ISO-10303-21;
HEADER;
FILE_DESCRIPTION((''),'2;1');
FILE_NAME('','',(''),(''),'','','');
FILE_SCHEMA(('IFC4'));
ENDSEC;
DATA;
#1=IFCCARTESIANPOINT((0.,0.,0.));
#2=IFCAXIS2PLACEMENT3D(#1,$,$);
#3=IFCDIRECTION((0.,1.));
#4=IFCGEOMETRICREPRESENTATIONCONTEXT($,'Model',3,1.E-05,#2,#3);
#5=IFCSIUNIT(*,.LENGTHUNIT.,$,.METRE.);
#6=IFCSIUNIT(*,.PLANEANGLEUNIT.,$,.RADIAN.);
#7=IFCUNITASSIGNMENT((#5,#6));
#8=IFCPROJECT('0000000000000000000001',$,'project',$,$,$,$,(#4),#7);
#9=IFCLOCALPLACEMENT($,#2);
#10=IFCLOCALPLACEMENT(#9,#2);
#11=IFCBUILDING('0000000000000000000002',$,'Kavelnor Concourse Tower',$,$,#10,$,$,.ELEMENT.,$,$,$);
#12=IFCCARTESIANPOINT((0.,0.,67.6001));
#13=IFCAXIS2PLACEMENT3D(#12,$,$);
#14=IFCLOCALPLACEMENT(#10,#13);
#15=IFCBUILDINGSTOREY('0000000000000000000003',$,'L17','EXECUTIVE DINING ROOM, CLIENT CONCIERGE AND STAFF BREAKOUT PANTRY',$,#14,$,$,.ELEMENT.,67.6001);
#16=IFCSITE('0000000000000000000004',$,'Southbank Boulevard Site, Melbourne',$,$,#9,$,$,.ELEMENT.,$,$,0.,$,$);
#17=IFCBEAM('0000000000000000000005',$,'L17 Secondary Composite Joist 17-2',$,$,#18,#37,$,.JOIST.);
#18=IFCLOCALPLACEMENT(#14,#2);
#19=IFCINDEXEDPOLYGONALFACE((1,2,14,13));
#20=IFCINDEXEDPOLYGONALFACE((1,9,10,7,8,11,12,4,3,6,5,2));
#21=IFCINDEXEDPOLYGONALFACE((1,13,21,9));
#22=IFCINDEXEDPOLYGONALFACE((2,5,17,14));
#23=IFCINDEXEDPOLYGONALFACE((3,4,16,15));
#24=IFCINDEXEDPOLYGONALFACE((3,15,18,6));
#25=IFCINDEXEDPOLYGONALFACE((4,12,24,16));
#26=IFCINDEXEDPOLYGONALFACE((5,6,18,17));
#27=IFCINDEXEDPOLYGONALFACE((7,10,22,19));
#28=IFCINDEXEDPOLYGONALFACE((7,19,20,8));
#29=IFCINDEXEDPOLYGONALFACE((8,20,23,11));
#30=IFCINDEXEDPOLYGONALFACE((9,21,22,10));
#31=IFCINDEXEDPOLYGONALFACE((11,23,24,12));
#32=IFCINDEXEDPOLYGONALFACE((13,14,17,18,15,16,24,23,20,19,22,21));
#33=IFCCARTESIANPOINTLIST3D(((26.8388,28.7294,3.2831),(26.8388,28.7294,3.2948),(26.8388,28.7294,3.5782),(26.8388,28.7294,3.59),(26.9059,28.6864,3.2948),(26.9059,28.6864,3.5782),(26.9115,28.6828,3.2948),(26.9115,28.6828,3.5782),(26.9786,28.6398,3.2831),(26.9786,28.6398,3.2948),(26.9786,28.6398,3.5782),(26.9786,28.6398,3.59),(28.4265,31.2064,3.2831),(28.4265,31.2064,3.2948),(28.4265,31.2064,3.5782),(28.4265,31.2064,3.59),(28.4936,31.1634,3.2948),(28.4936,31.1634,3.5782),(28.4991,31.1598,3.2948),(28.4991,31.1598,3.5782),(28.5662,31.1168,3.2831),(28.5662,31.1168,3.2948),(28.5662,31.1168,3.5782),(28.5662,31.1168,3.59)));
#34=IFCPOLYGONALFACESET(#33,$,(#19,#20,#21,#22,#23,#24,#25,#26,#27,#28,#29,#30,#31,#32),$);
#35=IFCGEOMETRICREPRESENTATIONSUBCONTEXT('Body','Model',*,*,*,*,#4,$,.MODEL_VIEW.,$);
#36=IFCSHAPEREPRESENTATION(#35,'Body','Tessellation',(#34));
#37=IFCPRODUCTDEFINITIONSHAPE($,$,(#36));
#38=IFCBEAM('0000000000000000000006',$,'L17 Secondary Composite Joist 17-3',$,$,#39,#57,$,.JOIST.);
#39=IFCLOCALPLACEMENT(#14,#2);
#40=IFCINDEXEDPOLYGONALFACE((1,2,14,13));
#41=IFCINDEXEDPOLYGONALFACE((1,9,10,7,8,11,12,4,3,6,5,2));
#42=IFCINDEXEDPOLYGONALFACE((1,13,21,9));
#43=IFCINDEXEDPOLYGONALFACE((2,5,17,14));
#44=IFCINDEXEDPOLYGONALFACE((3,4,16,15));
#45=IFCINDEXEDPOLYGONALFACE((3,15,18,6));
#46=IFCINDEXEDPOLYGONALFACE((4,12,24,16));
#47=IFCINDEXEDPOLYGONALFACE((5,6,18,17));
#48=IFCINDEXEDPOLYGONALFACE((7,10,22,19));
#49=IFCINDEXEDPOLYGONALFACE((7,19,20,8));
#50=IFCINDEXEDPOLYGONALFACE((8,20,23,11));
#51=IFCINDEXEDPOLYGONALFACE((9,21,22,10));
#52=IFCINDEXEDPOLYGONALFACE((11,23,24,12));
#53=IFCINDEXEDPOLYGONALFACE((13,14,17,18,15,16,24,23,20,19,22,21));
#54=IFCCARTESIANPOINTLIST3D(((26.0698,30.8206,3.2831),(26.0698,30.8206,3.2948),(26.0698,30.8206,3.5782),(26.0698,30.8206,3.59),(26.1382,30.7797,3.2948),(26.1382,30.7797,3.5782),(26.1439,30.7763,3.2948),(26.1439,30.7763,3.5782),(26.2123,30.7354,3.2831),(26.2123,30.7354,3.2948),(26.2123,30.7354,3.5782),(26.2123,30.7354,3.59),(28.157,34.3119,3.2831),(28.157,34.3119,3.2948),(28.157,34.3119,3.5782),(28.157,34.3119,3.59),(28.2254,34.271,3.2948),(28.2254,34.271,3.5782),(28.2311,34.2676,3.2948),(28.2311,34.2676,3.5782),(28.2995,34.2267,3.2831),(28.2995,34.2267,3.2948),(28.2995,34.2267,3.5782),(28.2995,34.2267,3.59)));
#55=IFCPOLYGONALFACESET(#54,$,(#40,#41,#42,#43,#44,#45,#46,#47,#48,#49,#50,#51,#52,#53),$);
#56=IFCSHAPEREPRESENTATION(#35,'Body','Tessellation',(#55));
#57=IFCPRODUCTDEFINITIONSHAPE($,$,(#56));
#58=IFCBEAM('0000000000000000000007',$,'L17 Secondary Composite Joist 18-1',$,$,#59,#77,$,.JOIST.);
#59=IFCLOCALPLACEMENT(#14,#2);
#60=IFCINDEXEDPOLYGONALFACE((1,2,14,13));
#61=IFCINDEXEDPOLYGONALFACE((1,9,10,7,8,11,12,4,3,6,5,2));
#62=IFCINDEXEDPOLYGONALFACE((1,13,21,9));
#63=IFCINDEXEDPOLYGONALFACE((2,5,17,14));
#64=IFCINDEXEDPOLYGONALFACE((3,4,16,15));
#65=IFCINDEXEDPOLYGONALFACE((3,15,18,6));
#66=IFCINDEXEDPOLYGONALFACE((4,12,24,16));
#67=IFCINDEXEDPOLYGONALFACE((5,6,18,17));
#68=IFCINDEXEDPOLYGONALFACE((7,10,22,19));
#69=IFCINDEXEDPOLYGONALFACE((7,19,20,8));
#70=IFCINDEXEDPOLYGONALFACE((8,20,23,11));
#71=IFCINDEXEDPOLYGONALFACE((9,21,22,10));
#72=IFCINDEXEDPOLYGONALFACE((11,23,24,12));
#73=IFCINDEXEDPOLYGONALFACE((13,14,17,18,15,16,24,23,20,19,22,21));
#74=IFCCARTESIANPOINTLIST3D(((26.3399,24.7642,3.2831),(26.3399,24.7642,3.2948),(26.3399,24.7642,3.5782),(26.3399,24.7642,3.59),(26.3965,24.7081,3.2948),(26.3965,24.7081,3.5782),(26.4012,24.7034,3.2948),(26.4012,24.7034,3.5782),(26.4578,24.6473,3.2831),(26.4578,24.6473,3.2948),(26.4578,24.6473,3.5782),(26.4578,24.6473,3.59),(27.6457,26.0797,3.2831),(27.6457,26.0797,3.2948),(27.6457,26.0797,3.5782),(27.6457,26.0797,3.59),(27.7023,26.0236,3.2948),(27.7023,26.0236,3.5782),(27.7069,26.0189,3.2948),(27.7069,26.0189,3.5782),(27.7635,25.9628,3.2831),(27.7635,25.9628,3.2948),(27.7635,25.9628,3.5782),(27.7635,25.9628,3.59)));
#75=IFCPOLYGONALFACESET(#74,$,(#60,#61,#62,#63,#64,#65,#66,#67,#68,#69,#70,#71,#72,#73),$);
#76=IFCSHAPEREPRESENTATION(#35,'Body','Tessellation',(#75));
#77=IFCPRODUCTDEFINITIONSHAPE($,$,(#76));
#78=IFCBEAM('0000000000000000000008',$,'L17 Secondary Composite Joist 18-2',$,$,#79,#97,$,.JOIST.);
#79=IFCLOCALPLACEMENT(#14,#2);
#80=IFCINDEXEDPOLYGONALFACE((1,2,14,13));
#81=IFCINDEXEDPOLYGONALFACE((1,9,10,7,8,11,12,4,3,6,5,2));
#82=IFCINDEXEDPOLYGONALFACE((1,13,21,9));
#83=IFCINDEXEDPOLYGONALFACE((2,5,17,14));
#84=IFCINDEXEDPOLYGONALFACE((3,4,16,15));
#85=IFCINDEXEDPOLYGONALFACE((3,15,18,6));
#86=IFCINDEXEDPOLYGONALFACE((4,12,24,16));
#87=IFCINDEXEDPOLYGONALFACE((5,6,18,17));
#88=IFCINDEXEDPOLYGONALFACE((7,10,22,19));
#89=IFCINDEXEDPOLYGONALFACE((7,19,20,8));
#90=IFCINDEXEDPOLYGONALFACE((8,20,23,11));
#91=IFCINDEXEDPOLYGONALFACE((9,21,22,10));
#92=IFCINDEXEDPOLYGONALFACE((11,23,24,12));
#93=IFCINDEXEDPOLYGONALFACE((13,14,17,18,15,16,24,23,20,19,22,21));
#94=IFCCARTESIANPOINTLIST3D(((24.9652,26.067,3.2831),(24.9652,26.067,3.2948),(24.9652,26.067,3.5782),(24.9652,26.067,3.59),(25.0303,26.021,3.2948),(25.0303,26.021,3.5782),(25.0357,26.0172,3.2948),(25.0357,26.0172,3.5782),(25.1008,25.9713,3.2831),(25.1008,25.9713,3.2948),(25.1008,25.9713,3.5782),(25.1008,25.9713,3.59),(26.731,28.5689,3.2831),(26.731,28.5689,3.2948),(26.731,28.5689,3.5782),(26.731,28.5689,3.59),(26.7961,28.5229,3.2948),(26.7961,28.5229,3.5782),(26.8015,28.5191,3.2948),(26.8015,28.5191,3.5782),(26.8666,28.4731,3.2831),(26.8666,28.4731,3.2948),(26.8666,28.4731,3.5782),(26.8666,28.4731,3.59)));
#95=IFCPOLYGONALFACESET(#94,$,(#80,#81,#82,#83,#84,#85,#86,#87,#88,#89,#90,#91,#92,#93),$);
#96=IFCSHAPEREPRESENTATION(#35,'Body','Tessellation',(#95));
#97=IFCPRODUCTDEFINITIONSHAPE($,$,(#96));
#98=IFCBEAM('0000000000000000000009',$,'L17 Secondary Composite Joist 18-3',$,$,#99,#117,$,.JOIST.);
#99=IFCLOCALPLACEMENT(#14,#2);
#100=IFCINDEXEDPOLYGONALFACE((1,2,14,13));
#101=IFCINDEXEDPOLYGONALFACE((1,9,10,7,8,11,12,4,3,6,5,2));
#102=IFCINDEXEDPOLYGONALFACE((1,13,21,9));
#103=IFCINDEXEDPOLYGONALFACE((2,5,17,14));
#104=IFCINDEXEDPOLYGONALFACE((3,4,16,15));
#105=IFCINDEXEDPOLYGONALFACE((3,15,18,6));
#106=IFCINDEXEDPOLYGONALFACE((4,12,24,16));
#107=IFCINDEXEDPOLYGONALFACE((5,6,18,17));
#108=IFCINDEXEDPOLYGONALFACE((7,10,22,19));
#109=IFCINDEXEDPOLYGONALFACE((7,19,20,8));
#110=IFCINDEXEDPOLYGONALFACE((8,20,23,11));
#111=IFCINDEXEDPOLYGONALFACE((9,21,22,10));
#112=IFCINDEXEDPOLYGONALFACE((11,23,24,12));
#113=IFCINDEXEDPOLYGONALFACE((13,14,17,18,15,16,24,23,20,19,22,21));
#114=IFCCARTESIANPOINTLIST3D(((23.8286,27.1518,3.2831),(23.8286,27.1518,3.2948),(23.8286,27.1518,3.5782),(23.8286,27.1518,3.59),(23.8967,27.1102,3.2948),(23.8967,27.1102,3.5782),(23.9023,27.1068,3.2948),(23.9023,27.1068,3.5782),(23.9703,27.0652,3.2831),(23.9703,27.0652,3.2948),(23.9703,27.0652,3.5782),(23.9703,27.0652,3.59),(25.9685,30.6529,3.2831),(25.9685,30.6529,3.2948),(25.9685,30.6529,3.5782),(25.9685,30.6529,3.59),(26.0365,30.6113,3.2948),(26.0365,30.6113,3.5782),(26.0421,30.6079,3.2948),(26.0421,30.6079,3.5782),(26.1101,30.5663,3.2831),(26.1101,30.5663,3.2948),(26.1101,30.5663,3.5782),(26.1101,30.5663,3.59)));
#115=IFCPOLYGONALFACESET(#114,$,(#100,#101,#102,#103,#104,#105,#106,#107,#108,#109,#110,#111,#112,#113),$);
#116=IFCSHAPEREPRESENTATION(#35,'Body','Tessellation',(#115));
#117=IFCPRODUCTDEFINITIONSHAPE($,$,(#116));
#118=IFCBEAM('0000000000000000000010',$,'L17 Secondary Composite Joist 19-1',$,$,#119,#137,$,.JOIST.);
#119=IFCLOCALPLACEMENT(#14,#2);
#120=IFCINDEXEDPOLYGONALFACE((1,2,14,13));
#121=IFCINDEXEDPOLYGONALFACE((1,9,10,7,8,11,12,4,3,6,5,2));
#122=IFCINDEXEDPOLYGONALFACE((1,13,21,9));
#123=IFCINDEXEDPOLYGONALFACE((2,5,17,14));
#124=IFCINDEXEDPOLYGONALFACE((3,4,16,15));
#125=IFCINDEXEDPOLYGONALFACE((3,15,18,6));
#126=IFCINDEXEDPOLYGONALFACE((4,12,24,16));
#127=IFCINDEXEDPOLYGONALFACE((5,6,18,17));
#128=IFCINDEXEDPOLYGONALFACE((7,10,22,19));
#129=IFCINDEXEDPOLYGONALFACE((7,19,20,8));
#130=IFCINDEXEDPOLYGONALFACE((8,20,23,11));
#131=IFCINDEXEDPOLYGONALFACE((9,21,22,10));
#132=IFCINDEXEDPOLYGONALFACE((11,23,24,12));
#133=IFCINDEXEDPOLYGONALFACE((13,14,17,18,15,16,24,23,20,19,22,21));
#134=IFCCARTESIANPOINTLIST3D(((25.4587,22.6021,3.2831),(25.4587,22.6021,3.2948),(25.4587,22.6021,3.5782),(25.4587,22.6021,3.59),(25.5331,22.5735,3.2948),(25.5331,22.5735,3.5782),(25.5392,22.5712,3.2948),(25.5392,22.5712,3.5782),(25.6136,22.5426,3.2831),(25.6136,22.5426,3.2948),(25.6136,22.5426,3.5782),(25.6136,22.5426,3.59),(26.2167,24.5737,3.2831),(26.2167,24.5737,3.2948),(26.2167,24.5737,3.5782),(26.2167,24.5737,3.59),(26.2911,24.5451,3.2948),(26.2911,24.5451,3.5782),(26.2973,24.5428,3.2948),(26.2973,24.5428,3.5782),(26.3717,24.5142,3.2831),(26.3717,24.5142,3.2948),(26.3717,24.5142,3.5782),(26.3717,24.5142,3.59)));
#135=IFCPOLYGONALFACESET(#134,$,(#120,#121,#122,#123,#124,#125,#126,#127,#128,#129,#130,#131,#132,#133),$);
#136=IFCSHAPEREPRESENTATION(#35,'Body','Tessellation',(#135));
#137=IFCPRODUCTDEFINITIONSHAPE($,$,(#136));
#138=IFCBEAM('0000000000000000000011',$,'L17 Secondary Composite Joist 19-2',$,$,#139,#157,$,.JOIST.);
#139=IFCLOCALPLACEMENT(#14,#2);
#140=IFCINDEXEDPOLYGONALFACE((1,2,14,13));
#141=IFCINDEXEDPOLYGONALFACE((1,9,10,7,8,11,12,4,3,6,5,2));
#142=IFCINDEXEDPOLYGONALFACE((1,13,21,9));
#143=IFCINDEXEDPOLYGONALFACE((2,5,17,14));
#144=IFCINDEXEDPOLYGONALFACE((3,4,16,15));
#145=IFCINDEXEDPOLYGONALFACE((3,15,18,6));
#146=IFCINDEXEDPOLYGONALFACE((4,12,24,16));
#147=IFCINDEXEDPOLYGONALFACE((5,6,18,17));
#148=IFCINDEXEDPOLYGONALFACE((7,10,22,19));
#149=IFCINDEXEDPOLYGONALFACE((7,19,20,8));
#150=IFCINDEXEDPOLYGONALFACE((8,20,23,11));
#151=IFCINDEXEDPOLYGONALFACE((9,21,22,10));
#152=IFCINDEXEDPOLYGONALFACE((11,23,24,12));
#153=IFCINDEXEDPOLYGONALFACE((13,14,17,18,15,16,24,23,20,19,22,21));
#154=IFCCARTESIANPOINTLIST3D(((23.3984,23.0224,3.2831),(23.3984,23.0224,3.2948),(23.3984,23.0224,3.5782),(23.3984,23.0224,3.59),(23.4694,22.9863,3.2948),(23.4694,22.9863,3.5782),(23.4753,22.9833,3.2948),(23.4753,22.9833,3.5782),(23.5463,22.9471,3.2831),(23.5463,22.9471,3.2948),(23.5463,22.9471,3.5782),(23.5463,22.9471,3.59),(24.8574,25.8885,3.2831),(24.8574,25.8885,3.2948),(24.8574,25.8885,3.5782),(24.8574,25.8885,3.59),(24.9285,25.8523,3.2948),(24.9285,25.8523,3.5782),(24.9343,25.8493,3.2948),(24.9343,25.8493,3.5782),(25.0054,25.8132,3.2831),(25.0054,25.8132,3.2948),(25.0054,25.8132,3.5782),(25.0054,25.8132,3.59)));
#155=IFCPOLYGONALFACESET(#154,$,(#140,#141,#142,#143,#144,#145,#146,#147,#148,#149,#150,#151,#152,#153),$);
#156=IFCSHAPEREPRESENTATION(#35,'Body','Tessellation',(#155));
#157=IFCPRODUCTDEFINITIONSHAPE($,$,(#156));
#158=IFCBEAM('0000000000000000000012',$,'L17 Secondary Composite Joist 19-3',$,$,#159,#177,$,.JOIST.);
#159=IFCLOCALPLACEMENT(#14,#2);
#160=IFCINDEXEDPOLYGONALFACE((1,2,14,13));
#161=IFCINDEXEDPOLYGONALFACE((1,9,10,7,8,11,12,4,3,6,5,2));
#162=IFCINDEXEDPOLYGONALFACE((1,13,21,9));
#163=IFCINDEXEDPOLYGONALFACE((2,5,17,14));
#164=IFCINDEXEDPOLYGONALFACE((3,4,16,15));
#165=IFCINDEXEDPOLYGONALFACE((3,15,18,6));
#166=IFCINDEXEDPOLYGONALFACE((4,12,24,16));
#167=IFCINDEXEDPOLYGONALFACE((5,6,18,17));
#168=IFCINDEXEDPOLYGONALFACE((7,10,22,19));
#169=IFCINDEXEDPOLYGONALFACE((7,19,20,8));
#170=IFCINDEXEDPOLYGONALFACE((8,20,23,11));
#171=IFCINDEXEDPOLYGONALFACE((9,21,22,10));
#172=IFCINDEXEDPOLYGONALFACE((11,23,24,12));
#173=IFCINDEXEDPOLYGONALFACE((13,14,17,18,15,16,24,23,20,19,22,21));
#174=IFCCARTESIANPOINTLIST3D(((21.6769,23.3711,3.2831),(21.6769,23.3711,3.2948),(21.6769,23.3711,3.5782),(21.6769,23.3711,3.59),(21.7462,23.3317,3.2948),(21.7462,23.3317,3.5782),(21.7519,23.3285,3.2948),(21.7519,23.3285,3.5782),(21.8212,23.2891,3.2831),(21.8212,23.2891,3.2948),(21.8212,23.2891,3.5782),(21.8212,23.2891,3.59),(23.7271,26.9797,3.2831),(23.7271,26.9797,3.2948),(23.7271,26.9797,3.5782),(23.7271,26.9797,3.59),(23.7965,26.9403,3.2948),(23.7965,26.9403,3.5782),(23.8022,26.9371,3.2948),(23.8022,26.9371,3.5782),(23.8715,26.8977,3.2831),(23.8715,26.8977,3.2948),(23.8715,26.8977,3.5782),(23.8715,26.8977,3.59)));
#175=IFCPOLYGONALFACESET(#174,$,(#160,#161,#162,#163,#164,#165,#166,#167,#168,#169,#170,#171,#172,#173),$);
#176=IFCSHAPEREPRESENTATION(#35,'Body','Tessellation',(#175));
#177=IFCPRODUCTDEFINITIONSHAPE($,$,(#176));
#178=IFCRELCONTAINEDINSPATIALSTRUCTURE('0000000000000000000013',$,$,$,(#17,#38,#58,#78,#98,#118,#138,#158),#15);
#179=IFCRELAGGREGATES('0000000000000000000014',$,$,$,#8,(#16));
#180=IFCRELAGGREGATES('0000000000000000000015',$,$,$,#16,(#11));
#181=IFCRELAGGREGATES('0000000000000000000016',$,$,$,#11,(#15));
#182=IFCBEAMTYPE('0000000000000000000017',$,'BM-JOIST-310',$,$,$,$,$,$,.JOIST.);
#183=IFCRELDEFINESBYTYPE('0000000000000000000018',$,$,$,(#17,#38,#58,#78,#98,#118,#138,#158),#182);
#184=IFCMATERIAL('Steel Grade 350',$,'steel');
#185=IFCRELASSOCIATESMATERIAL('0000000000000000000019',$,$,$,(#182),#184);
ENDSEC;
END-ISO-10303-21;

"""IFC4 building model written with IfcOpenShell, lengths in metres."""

from ifc_helpers import new_model, si_unit, direction, frame, origin, origin_2d, place, context, subcontext, project, spatial, i_section, extrude, material, material_profile, profile_set, type_object, element, save


model = new_model("IFC4")

# Units and contexts
model_context = context("Model", 3, precision=1e-05, world=origin(), true_north=direction((0.0, 1.0)))
body_context = subcontext(model_context, "Body", "Model", "MODEL_VIEW")
ifc_project = project(units=[si_unit("LENGTHUNIT", "METRE"), si_unit("PLANEANGLEUNIT", "RADIAN")], contexts=[model_context])

# Site, building, storey
site_placement = place(None, origin())
site = spatial("IfcSite", under=ifc_project, at=site_placement, Name="Southbank Boulevard Site, Melbourne", CompositionType="ELEMENT", RefElevation=0.0)
building_placement = place(site_placement, origin())
building = spatial("IfcBuilding", under=site, at=building_placement, Name="Kavelnor Concourse Tower", CompositionType="ELEMENT")
storey_placement = place(building_placement, frame((0.0, 0.0, 67.6001)))
storey = spatial("IfcBuildingStorey", under=building, at=storey_placement, Name="L17", Description="EXECUTIVE DINING ROOM, CLIENT CONCIERGE AND STAFF BREAKOUT PANTRY", CompositionType="ELEMENT", Elevation=67.6001)

# Shared definitions
ifc_material_1 = material(Name="Steel Grade 350", Category="steel")

# Beams
ifc_material_profile_1 = material_profile(ifc_material_1, i_section(OverallWidth=0.166, OverallDepth=0.3069, WebThickness=0.0066, FlangeThickness=0.0117, at=origin_2d()), Name="310UB46")
ifc_profile_set_1 = profile_set([ifc_material_profile_1], Name="Steel Grade 350")
beam_type_1 = type_object("IfcBeamType", Name="BM-JOIST-310", PredefinedType="JOIST", material=ifc_profile_set_1)
beam_1_placement = place(storey_placement, frame((28.4963, 31.1616, 3.4365), z_axis=(-0.539616, -0.841911, 0.0), x_axis=(0.841911, -0.539616, 0.0)))
element("IfcBeam", 1, at=beam_1_placement, inside=storey, type_object=beam_type_1, Name="L17 Secondary Composite Joist 17-2", PredefinedType="JOIST", context=body_context, shape_type="SweptSolid", body=[
    extrude(i_section(OverallWidth=0.166, OverallDepth=0.3069, WebThickness=0.0066, FlangeThickness=0.0117, at=origin_2d()), origin(), (0.0, 0.0, 1.0), 2.9421),
])
beam_2_placement = place(storey_placement, frame((28.2283, 34.2693, 3.4365), z_axis=(-0.513127, -0.858313, 0.0), x_axis=(0.858313, -0.513127, 0.0)))
element("IfcBeam", 2, at=beam_2_placement, inside=storey, type_object=beam_type_1, Name="L17 Secondary Composite Joist 17-3", PredefinedType="JOIST", context=body_context, shape_type="SweptSolid", body=[
    extrude(i_section(OverallWidth=0.166, OverallDepth=0.3069, WebThickness=0.0066, FlangeThickness=0.0117, at=origin_2d()), origin(), (0.0, 0.0, 1.0), 4.0676),
])
beam_3_placement = place(storey_placement, frame((27.7046, 26.0212, 3.4365), z_axis=(-0.704467, -0.709736, 0.0), x_axis=(0.709736, -0.704467, 0.0)))
element("IfcBeam", 3, at=beam_3_placement, inside=storey, type_object=beam_type_1, Name="L17 Secondary Composite Joist 18-1", PredefinedType="JOIST", context=body_context, shape_type="SweptSolid", body=[
    extrude(i_section(OverallWidth=0.166, OverallDepth=0.3069, WebThickness=0.0066, FlangeThickness=0.0117, at=origin_2d()), origin(), (0.0, 0.0, 1.0), 1.8535),
])
beam_4_placement = place(storey_placement, frame((26.7988, 28.521, 3.4365), z_axis=(-0.576636, -0.817001, 0.0), x_axis=(0.817001, -0.576636, 0.0)))
element("IfcBeam", 4, at=beam_4_placement, inside=storey, type_object=beam_type_1, Name="L17 Secondary Composite Joist 18-2", PredefinedType="JOIST", context=body_context, shape_type="SweptSolid", body=[
    extrude(i_section(OverallWidth=0.166, OverallDepth=0.3069, WebThickness=0.0066, FlangeThickness=0.0117, at=origin_2d()), origin(), (0.0, 0.0, 1.0), 3.0623),
])
beam_5_placement = place(storey_placement, frame((26.0393, 30.6096, 3.4365), z_axis=(-0.521496, -0.853254, 0.0), x_axis=(0.853254, -0.521496, 0.0)))
element("IfcBeam", 5, at=beam_5_placement, inside=storey, type_object=beam_type_1, Name="L17 Secondary Composite Joist 18-3", PredefinedType="JOIST", context=body_context, shape_type="SweptSolid", body=[
    extrude(i_section(OverallWidth=0.166, OverallDepth=0.3069, WebThickness=0.0066, FlangeThickness=0.0117, at=origin_2d()), origin(), (0.0, 0.0, 1.0), 4.1033),
])
beam_6_placement = place(storey_placement, frame((26.2942, 24.5439, 3.4365), z_axis=(-0.358863, -0.93339, 0.0), x_axis=(0.93339, -0.358863, 0.0)))
element("IfcBeam", 6, at=beam_6_placement, inside=storey, type_object=beam_type_1, Name="L17 Secondary Composite Joist 19-1", PredefinedType="JOIST", context=body_context, shape_type="SweptSolid", body=[
    extrude(i_section(OverallWidth=0.166, OverallDepth=0.3069, WebThickness=0.0066, FlangeThickness=0.0117, at=origin_2d()), origin(), (0.0, 0.0, 1.0), 2.1123),
])
beam_7_placement = place(storey_placement, frame((24.9314, 25.8508, 3.4365), z_axis=(-0.45367, -0.89117, 0.0), x_axis=(0.89117, -0.45367, 0.0)))
element("IfcBeam", 7, at=beam_7_placement, inside=storey, type_object=beam_type_1, Name="L17 Secondary Composite Joist 19-2", PredefinedType="JOIST", context=body_context, shape_type="SweptSolid", body=[
    extrude(i_section(OverallWidth=0.166, OverallDepth=0.3069, WebThickness=0.0066, FlangeThickness=0.0117, at=origin_2d()), origin(), (0.0, 0.0, 1.0), 3.2161),
])
beam_8_placement = place(storey_placement, frame((23.7993, 26.9387, 3.4365), z_axis=(-0.493996, -0.869464, 0.0), x_axis=(0.869464, -0.493996, 0.0)))
element("IfcBeam", 8, at=beam_8_placement, inside=storey, type_object=beam_type_1, Name="L17 Secondary Composite Joist 19-3", PredefinedType="JOIST", context=body_context, shape_type="SweptSolid", body=[
    extrude(i_section(OverallWidth=0.166, OverallDepth=0.3069, WebThickness=0.0066, FlangeThickness=0.0117, at=origin_2d()), origin(), (0.0, 0.0, 1.0), 4.1504),
])

save(model, "model.ifc")
